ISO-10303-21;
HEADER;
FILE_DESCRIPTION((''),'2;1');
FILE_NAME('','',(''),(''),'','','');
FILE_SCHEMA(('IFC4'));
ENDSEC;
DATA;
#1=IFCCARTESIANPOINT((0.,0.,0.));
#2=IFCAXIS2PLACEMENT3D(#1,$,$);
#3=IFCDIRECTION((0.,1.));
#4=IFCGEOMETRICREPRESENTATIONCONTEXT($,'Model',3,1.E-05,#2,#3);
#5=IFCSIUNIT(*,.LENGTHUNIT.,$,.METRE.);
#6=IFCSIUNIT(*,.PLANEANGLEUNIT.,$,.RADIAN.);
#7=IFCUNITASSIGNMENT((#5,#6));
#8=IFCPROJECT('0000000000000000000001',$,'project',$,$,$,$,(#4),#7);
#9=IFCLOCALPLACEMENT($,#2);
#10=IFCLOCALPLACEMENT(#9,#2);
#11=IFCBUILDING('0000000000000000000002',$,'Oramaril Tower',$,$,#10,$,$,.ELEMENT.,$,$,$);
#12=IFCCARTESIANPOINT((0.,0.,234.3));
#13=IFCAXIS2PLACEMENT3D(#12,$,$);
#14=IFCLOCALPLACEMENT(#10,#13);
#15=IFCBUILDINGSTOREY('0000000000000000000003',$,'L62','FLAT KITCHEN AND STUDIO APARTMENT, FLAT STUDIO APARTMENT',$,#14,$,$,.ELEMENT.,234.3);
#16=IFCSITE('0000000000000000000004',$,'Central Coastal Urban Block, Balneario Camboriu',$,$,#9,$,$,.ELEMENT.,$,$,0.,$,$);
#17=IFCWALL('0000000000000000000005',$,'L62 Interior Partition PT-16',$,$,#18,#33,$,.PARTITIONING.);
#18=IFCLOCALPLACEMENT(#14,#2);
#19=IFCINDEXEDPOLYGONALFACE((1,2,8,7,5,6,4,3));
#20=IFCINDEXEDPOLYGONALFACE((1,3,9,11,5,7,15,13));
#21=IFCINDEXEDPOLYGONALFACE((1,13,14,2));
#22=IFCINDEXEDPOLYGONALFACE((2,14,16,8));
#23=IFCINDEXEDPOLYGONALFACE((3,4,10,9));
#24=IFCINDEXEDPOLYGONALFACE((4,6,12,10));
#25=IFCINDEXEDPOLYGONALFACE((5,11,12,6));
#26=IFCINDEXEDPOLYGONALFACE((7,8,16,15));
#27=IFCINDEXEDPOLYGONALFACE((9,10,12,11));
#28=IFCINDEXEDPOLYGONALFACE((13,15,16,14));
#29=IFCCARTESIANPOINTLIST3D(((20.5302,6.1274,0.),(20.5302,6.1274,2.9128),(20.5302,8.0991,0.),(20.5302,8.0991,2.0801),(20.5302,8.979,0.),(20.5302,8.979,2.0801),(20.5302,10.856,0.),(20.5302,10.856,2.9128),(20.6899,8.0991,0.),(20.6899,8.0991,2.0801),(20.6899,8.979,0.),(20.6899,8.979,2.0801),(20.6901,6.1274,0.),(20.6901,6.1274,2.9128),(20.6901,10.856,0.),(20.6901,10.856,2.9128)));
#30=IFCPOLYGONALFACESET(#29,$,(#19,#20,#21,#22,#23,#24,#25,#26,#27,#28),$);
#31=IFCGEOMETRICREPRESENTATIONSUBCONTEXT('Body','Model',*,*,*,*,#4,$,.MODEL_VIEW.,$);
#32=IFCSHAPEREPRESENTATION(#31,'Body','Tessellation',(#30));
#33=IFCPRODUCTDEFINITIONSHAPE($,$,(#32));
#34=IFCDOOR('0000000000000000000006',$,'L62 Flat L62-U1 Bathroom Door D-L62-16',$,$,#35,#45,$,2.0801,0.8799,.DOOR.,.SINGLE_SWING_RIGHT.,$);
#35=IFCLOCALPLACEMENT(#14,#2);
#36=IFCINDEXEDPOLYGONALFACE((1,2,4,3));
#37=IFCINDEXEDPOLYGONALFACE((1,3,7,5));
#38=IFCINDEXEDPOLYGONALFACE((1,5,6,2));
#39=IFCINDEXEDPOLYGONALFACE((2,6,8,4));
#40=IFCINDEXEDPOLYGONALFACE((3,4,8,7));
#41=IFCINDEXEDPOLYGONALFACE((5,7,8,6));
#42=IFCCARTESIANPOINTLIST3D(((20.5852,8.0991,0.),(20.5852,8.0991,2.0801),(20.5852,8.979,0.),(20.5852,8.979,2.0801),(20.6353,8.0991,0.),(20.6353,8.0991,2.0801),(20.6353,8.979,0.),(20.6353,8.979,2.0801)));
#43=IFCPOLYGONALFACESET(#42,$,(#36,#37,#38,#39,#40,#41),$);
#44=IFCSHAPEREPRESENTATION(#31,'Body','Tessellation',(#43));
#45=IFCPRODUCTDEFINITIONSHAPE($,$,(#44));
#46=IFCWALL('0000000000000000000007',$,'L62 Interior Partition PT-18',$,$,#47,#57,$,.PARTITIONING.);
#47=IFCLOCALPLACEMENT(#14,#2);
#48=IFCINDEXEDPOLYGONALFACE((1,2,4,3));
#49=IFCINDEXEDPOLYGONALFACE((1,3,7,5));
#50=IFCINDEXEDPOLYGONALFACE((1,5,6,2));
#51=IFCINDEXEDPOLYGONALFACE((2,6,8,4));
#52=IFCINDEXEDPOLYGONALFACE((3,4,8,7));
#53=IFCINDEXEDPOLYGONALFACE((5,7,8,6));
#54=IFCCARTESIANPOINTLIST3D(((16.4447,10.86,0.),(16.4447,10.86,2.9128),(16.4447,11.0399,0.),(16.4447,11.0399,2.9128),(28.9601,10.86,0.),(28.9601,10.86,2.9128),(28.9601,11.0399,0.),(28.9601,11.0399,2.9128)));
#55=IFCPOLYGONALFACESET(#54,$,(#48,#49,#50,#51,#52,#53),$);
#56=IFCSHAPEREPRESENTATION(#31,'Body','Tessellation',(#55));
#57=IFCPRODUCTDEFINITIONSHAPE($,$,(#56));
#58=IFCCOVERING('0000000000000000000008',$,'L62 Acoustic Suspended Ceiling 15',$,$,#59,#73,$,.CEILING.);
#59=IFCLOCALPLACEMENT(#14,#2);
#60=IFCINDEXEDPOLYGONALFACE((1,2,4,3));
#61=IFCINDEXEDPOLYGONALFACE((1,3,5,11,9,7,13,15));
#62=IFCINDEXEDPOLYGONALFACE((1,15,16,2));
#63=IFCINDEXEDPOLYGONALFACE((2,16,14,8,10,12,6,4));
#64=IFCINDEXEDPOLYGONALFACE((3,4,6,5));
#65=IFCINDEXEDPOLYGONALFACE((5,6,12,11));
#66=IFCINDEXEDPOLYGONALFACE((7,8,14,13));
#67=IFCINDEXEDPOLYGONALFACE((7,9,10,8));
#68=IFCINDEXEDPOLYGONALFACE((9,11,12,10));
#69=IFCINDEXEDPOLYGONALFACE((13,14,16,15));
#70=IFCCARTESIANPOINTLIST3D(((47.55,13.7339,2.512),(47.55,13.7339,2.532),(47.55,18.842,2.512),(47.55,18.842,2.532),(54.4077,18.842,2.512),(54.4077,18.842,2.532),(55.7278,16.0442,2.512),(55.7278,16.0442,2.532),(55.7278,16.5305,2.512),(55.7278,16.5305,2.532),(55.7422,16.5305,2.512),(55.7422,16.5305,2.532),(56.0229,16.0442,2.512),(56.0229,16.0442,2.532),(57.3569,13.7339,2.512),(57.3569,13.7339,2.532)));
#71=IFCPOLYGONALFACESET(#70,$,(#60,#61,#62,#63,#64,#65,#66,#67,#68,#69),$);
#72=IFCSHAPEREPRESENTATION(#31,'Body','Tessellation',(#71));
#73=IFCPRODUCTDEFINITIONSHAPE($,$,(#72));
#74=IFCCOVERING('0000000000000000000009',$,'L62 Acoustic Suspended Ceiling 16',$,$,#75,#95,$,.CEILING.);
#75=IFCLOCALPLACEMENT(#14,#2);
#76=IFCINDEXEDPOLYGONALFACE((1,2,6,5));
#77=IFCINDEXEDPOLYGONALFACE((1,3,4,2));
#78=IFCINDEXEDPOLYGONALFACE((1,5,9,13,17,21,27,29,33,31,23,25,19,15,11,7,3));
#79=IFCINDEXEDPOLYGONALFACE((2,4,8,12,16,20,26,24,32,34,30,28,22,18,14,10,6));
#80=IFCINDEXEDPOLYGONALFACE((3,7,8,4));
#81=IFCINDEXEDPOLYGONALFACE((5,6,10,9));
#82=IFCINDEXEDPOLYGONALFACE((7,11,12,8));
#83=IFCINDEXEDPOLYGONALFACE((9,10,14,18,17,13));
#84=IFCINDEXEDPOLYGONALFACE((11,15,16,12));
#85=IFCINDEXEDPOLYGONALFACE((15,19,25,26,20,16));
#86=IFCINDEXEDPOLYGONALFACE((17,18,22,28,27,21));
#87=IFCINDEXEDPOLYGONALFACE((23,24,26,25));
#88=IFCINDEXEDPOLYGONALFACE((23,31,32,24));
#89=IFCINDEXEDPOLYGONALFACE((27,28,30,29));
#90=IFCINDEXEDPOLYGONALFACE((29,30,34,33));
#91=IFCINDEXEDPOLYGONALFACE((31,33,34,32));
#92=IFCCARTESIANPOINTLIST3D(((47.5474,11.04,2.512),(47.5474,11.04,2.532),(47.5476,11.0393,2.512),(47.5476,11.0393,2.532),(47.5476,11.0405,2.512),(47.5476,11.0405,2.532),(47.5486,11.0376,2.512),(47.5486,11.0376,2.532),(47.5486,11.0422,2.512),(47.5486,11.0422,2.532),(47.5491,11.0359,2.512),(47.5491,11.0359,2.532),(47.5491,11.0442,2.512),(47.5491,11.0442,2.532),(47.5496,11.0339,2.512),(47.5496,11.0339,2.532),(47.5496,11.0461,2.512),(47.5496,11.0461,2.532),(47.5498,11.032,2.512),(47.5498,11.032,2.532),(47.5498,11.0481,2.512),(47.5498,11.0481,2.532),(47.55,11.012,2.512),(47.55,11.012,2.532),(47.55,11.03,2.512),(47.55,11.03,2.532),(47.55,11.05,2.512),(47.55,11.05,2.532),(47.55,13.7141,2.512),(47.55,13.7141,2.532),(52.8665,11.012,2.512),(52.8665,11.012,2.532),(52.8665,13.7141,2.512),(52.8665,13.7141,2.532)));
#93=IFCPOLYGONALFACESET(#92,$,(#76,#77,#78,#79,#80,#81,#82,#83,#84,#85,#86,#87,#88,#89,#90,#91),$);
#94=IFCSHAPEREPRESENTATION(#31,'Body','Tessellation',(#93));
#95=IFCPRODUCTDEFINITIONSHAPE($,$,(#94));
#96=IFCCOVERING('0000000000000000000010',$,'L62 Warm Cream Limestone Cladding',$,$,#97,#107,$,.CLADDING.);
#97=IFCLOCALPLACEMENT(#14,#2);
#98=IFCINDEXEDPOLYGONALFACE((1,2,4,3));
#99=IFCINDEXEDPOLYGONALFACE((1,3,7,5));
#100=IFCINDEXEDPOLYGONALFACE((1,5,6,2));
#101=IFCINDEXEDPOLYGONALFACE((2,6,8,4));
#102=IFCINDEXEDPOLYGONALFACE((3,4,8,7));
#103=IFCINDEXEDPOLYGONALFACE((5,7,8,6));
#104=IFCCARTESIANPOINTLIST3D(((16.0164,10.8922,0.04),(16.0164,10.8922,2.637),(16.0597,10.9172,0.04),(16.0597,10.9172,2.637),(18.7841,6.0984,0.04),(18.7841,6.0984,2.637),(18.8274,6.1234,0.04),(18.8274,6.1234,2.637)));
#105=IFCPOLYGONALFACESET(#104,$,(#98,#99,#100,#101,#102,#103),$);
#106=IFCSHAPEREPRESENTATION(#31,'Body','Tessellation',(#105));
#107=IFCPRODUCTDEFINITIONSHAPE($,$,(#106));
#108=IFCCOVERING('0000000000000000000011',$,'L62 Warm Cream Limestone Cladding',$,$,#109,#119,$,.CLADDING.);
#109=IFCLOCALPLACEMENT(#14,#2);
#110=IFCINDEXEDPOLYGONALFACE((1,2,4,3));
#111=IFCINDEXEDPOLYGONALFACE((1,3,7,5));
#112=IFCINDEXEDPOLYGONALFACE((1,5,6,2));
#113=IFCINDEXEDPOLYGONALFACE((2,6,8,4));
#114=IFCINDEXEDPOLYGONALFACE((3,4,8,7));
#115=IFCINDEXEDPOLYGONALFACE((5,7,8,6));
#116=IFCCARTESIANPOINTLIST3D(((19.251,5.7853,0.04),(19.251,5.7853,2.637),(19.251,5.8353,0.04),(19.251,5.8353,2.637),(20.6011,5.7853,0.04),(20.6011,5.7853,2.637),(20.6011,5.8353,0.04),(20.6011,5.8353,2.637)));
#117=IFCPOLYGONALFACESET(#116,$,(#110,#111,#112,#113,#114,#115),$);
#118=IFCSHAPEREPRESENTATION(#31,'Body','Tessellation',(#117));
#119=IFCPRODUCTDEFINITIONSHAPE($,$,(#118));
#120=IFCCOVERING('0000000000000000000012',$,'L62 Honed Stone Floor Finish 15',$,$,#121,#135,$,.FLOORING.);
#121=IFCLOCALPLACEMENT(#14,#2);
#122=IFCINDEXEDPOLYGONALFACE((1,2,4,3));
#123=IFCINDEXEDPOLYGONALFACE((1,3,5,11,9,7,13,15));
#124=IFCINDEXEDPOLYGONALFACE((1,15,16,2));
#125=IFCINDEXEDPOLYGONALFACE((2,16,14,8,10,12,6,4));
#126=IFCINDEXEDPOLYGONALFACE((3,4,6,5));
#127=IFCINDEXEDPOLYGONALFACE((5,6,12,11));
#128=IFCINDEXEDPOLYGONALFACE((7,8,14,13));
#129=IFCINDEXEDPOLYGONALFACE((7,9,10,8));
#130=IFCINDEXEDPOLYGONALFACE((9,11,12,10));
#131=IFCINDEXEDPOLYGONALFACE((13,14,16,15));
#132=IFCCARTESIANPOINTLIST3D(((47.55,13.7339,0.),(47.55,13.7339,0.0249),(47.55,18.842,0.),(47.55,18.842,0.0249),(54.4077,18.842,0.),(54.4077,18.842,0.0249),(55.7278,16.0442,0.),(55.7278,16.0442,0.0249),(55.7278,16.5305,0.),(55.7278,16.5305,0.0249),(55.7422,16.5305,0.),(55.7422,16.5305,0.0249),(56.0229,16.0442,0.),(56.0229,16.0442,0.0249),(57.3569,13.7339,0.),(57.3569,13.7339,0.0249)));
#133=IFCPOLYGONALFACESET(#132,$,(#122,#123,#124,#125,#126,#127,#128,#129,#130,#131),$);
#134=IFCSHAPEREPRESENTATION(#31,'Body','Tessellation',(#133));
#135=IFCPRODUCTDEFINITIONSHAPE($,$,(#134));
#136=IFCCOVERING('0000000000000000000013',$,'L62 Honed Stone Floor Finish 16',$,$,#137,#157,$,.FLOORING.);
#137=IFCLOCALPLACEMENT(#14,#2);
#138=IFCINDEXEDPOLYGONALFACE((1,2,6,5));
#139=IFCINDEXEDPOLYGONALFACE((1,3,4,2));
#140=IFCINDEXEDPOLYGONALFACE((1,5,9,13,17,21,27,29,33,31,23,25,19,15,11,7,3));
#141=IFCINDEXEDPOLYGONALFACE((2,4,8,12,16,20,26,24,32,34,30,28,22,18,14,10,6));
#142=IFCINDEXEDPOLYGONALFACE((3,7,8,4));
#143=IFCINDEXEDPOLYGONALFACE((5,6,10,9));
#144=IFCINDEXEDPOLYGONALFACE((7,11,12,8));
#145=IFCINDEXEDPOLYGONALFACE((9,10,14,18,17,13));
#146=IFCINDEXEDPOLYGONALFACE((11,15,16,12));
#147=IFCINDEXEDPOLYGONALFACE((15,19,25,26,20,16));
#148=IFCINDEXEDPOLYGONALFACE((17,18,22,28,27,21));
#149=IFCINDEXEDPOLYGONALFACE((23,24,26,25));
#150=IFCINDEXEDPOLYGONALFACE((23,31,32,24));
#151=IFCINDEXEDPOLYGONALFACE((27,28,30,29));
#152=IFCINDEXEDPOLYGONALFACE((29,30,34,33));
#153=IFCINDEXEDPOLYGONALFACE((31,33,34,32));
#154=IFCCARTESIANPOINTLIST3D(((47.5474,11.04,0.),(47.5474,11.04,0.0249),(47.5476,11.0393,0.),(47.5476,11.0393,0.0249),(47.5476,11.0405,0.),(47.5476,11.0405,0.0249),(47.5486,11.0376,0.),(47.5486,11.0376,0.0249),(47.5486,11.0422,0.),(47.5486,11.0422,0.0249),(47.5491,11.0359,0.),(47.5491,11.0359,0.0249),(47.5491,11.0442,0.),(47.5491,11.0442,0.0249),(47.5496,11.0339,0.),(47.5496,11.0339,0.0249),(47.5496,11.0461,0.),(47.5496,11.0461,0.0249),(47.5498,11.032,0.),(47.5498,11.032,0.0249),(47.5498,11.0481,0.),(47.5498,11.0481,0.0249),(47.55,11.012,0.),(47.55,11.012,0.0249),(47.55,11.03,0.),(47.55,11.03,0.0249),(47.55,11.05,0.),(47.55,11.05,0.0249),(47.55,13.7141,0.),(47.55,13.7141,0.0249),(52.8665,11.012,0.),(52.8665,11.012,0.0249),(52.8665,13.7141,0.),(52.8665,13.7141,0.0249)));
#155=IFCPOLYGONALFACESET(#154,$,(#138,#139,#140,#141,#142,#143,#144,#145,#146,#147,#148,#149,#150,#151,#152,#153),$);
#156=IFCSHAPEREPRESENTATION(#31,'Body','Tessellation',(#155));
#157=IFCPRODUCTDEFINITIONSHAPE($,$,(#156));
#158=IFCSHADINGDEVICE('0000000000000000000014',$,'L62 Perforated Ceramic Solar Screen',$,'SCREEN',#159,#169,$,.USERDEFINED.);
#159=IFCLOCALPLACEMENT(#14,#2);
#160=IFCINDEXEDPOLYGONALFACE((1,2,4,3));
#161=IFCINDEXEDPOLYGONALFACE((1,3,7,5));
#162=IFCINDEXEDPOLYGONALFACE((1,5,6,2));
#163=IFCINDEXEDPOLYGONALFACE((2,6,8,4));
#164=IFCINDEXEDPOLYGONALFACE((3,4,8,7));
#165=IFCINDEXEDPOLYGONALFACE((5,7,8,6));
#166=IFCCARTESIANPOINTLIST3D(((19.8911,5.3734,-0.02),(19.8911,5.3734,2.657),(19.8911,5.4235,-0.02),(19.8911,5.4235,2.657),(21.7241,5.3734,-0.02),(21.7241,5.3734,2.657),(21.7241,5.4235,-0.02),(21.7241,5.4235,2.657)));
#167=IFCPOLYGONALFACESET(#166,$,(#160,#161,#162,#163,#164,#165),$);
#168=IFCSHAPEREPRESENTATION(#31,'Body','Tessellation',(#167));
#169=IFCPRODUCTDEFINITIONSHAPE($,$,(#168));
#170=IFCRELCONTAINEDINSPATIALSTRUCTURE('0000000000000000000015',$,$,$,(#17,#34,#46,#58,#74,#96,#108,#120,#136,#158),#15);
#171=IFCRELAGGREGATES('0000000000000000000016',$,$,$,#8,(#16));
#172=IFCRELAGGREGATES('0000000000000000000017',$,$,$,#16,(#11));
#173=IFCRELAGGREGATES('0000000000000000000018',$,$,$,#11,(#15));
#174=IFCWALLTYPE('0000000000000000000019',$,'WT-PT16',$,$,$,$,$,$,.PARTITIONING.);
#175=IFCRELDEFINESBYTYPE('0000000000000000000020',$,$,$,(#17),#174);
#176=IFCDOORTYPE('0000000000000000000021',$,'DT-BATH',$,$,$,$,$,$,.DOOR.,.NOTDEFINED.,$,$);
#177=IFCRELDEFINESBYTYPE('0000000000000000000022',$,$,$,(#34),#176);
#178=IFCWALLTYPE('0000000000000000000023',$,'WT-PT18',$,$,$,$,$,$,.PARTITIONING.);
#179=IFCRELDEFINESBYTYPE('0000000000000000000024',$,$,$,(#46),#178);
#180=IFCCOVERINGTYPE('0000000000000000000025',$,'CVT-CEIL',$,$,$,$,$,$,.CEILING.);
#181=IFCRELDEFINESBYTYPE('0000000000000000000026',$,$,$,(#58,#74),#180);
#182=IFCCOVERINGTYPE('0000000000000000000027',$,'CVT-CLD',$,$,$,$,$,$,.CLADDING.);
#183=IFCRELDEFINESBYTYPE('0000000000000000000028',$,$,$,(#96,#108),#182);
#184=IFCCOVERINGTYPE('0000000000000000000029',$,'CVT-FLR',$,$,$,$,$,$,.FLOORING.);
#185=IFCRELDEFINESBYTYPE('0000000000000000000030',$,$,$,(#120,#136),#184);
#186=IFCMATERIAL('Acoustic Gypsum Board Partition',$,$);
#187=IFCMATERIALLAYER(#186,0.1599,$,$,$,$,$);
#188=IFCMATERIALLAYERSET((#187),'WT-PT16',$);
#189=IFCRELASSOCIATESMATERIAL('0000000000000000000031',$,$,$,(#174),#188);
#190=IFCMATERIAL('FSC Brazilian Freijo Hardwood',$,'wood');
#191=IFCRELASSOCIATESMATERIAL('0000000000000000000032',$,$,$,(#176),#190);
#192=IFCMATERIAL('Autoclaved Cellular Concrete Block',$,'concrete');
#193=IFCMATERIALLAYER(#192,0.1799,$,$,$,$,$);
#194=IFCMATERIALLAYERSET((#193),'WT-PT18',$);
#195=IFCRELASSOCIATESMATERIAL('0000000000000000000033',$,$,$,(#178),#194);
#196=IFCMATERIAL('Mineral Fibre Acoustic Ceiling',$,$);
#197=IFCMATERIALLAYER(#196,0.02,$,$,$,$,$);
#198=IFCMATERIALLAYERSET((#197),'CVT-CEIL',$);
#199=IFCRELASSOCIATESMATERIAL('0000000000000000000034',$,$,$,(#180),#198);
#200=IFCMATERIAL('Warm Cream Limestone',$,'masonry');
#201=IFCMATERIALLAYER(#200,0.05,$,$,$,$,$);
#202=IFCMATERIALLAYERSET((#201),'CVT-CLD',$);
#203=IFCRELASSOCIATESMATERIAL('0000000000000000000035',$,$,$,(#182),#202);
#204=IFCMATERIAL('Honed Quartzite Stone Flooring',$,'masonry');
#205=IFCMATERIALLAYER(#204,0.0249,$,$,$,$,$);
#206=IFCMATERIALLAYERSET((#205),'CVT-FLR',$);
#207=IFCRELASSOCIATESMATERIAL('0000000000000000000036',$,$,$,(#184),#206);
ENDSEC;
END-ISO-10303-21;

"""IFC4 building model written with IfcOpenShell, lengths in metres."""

from ifc_helpers import new_model, si_unit, direction, frame, frame_2d, origin, origin_2d, place, context, subcontext, project, spatial, polyline, rectangle, outline, extrude, material, layer, layer_set, type_object, element, fill, save


model = new_model("IFC4")

# Units and contexts
model_context = context("Model", 3, precision=1e-05, world=origin(), true_north=direction((0.0, 1.0)))
body_context = subcontext(model_context, "Body", "Model", "MODEL_VIEW")
ifc_project = project(units=[si_unit("LENGTHUNIT", "METRE"), si_unit("PLANEANGLEUNIT", "RADIAN")], contexts=[model_context])

# Site, building, storey
site_placement = place(None, origin())
site = spatial("IfcSite", under=ifc_project, at=site_placement, Name="Central Coastal Urban Block, Balneario Camboriu", CompositionType="ELEMENT", RefElevation=0.0)
building_placement = place(site_placement, origin())
building = spatial("IfcBuilding", under=site, at=building_placement, Name="Oramaril Tower", CompositionType="ELEMENT")
storey_placement = place(building_placement, frame((0.0, 0.0, 234.3)))
storey = spatial("IfcBuildingStorey", under=building, at=storey_placement, Name="L62", Description="FLAT KITCHEN AND STUDIO APARTMENT, FLAT STUDIO APARTMENT", CompositionType="ELEMENT", Elevation=234.3)

# Wall, opening, door
ifc_material_1 = material(Name="Acoustic Gypsum Board Partition")
ifc_layer_1 = layer(ifc_material_1, 0.1599)
ifc_layer_set_1 = layer_set([ifc_layer_1], Name="WT-PT16")
wall_type_1 = type_object("IfcWallType", Name="WT-PT16", PredefinedType="PARTITIONING", material=ifc_layer_set_1)
wall_1_placement = place(storey_placement, frame((20.6101, 6.1274, 0.0), z_axis=(0.0, 0.0, 1.0), x_axis=(0.0, 1.0, 0.0)))
wall_1 = element("IfcWall", 1, at=wall_1_placement, inside=storey, type_object=wall_type_1, Name="L62 Interior Partition PT-16", PredefinedType="PARTITIONING", context=body_context, shape_type="SweptSolid", body=[
    extrude(rectangle(XDim=4.7285, YDim=0.1599, at=frame_2d((2.3643, 0.0))), origin(), (0.0, 0.0, 1.0), 2.9128),
])
opening_1_placement = place(wall_1_placement, frame((1.9717, 0.0, 0.0)))
opening_1 = element("IfcOpeningElement", 2, at=opening_1_placement, cuts=wall_1, PredefinedType="OPENING", context=body_context, shape_type="SweptSolid", body=[
    extrude(rectangle(XDim=0.8799, YDim=2.0801, at=frame_2d((0.4399, 1.04))), frame((0.0, 0.0801, 0.0), z_axis=(0.0, -1.0, 0.0), x_axis=(1.0, 0.0, 0.0)), (0.0, 0.0, 1.0), 0.1599),
])
ifc_material_2 = material(Name="FSC Brazilian Freijo Hardwood", Category="wood")
door_type_1 = type_object("IfcDoorType", Name="DT-BATH", OperationType="NOTDEFINED", PredefinedType="DOOR", material=ifc_material_2)
door_1_placement = place(opening_1_placement, origin())
door_1 = element("IfcDoor", 3, at=door_1_placement, inside=storey, type_object=door_type_1, Name="L62 Flat L62-U1 Bathroom Door D-L62-16", OperationType="SINGLE_SWING_RIGHT", OverallHeight=2.0801, OverallWidth=0.8799, PredefinedType="DOOR", context=body_context, shape_type="SweptSolid", body=[
    extrude(rectangle(XDim=0.8799, YDim=2.0801, at=frame_2d((0.4399, 1.04))), frame((0.0, 0.0249, 0.0), z_axis=(0.0, -1.0, 0.0), x_axis=(1.0, 0.0, 0.0)), (0.0, 0.0, 1.0), 0.05),
])
fill(opening_1, door_1)

# Wall
ifc_material_3 = material(Name="Autoclaved Cellular Concrete Block", Category="concrete")
ifc_layer_2 = layer(ifc_material_3, 0.1799)
ifc_layer_set_2 = layer_set([ifc_layer_2], Name="WT-PT18")
wall_type_2 = type_object("IfcWallType", Name="WT-PT18", PredefinedType="PARTITIONING", material=ifc_layer_set_2)
wall_2_placement = place(storey_placement, frame((16.4446, 10.95, 0.0), z_axis=(0.0, 0.0, 1.0), x_axis=(1.0, 0.0, 0.0)))
element("IfcWall", 4, at=wall_2_placement, inside=storey, type_object=wall_type_2, Name="L62 Interior Partition PT-18", PredefinedType="PARTITIONING", context=body_context, shape_type="SweptSolid", body=[
    extrude(rectangle(XDim=12.5154, YDim=0.1799, at=frame_2d((6.2578, 0.0))), origin(), (0.0, 0.0, 1.0), 2.9128),
])

# Coverings
ifc_material_4 = material(Name="Mineral Fibre Acoustic Ceiling")
ifc_layer_3 = layer(ifc_material_4, 0.02)
ifc_layer_set_3 = layer_set([ifc_layer_3], Name="CVT-CEIL")
covering_type_1 = type_object("IfcCoveringType", Name="CVT-CEIL", PredefinedType="CEILING", material=ifc_layer_set_3)
covering_1_placement = place(storey_placement, frame((0.0, 0.0, 2.512)))
element("IfcCovering", 5, at=covering_1_placement, inside=storey, type_object=covering_type_1, Name="L62 Acoustic Suspended Ceiling 15", PredefinedType="CEILING", context=body_context, shape_type="SweptSolid", body=[
    extrude(outline(polyline([(55.7422, 16.5305), (55.7278, 16.5305), (55.7278, 16.0442), (56.0229, 16.0442), (57.3569, 13.7339), (47.55, 13.7339), (47.55, 18.842), (54.4077, 18.842), (55.7422, 16.5305)])), origin(), (0.0, 0.0, 1.0), 0.02),
])
covering_2_placement = place(storey_placement, frame((0.0, 0.0, 2.512)))
element("IfcCovering", 6, at=covering_2_placement, inside=storey, type_object=covering_type_1, Name="L62 Acoustic Suspended Ceiling 16", PredefinedType="CEILING", context=body_context, shape_type="SweptSolid", body=[
    extrude(outline(polyline([(52.8665, 11.012), (47.55, 11.012), (47.55, 11.03), (47.5498, 11.032), (47.5496, 11.0339), (47.5491, 11.0359), (47.5486, 11.0376), (47.5476, 11.0393), (47.5474, 11.04), (47.5476, 11.0405), (47.5486, 11.0422), (47.5491, 11.0442), (47.5496, 11.0461), (47.5498, 11.0481), (47.55, 11.05), (47.55, 13.7141), (52.8665, 13.7141), (52.8665, 11.012)])), origin(), (0.0, 0.0, 1.0), 0.02),
])
ifc_material_5 = material(Name="Warm Cream Limestone", Category="masonry")
ifc_layer_4 = layer(ifc_material_5, 0.05)
ifc_layer_set_4 = layer_set([ifc_layer_4], Name="CVT-CLD")
covering_type_2 = type_object("IfcCoveringType", Name="CVT-CLD", PredefinedType="CLADDING", material=ifc_layer_set_4)
covering_3_placement = place(storey_placement, frame((17.4219, 8.5078, 0.04), z_axis=(0.0, 0.0, 1.0), x_axis=(0.5, -0.866025, 0.0)))
element("IfcCovering", 7, at=covering_3_placement, inside=storey, type_object=covering_type_2, Name="L62 Warm Cream Limestone Cladding", PredefinedType="CLADDING", context=body_context, shape_type="SweptSolid", body=[
    extrude(rectangle(XDim=5.5354, YDim=0.05, at=origin_2d()), origin(), (0.0, 0.0, 1.0), 2.5969),
])
covering_4_placement = place(storey_placement, frame((19.926, 5.8103, 0.04), z_axis=(0.0, 0.0, 1.0), x_axis=(1.0, 0.0, 0.0)))
element("IfcCovering", 8, at=covering_4_placement, inside=storey, type_object=covering_type_2, Name="L62 Warm Cream Limestone Cladding", PredefinedType="CLADDING", context=body_context, shape_type="SweptSolid", body=[
    extrude(rectangle(XDim=1.3501, YDim=0.05, at=origin_2d()), origin(), (0.0, 0.0, 1.0), 2.5969),
])
ifc_material_6 = material(Name="Honed Quartzite Stone Flooring", Category="masonry")
ifc_layer_5 = layer(ifc_material_6, 0.0249)
ifc_layer_set_5 = layer_set([ifc_layer_5], Name="CVT-FLR")
covering_type_3 = type_object("IfcCoveringType", Name="CVT-FLR", PredefinedType="FLOORING", material=ifc_layer_set_5)
covering_5_placement = place(storey_placement, origin())
element("IfcCovering", 9, at=covering_5_placement, inside=storey, type_object=covering_type_3, Name="L62 Honed Stone Floor Finish 15", PredefinedType="FLOORING", context=body_context, shape_type="SweptSolid", body=[
    extrude(outline(polyline([(55.7422, 16.5305), (55.7278, 16.5305), (55.7278, 16.0442), (56.0229, 16.0442), (57.3569, 13.7339), (47.55, 13.7339), (47.55, 18.842), (54.4077, 18.842), (55.7422, 16.5305)])), origin(), (0.0, 0.0, 1.0), 0.0249),
])
covering_6_placement = place(storey_placement, origin())
element("IfcCovering", 10, at=covering_6_placement, inside=storey, type_object=covering_type_3, Name="L62 Honed Stone Floor Finish 16", PredefinedType="FLOORING", context=body_context, shape_type="SweptSolid", body=[
    extrude(outline(polyline([(52.8665, 11.012), (47.55, 11.012), (47.55, 11.03), (47.5498, 11.032), (47.5496, 11.0339), (47.5491, 11.0359), (47.5486, 11.0376), (47.5476, 11.0393), (47.5474, 11.04), (47.5476, 11.0405), (47.5486, 11.0422), (47.5491, 11.0442), (47.5496, 11.0461), (47.5498, 11.0481), (47.55, 11.05), (47.55, 13.7141), (52.8665, 13.7141), (52.8665, 11.012)])), origin(), (0.0, 0.0, 1.0), 0.0249),
])

# Shading device
shading_device_placement = place(storey_placement, frame((20.8076, 5.3984, -0.02), z_axis=(0.0, 0.0, 1.0), x_axis=(1.0, 0.0, 0.0)))
element("IfcShadingDevice", 11, at=shading_device_placement, inside=storey, Name="L62 Perforated Ceramic Solar Screen", ObjectType="SCREEN", PredefinedType="USERDEFINED", context=body_context, shape_type="SweptSolid", body=[
    extrude(rectangle(XDim=1.833, YDim=0.05, at=origin_2d()), origin(), (0.0, 0.0, 1.0), 2.677),
])

save(model, "model.ifc")
